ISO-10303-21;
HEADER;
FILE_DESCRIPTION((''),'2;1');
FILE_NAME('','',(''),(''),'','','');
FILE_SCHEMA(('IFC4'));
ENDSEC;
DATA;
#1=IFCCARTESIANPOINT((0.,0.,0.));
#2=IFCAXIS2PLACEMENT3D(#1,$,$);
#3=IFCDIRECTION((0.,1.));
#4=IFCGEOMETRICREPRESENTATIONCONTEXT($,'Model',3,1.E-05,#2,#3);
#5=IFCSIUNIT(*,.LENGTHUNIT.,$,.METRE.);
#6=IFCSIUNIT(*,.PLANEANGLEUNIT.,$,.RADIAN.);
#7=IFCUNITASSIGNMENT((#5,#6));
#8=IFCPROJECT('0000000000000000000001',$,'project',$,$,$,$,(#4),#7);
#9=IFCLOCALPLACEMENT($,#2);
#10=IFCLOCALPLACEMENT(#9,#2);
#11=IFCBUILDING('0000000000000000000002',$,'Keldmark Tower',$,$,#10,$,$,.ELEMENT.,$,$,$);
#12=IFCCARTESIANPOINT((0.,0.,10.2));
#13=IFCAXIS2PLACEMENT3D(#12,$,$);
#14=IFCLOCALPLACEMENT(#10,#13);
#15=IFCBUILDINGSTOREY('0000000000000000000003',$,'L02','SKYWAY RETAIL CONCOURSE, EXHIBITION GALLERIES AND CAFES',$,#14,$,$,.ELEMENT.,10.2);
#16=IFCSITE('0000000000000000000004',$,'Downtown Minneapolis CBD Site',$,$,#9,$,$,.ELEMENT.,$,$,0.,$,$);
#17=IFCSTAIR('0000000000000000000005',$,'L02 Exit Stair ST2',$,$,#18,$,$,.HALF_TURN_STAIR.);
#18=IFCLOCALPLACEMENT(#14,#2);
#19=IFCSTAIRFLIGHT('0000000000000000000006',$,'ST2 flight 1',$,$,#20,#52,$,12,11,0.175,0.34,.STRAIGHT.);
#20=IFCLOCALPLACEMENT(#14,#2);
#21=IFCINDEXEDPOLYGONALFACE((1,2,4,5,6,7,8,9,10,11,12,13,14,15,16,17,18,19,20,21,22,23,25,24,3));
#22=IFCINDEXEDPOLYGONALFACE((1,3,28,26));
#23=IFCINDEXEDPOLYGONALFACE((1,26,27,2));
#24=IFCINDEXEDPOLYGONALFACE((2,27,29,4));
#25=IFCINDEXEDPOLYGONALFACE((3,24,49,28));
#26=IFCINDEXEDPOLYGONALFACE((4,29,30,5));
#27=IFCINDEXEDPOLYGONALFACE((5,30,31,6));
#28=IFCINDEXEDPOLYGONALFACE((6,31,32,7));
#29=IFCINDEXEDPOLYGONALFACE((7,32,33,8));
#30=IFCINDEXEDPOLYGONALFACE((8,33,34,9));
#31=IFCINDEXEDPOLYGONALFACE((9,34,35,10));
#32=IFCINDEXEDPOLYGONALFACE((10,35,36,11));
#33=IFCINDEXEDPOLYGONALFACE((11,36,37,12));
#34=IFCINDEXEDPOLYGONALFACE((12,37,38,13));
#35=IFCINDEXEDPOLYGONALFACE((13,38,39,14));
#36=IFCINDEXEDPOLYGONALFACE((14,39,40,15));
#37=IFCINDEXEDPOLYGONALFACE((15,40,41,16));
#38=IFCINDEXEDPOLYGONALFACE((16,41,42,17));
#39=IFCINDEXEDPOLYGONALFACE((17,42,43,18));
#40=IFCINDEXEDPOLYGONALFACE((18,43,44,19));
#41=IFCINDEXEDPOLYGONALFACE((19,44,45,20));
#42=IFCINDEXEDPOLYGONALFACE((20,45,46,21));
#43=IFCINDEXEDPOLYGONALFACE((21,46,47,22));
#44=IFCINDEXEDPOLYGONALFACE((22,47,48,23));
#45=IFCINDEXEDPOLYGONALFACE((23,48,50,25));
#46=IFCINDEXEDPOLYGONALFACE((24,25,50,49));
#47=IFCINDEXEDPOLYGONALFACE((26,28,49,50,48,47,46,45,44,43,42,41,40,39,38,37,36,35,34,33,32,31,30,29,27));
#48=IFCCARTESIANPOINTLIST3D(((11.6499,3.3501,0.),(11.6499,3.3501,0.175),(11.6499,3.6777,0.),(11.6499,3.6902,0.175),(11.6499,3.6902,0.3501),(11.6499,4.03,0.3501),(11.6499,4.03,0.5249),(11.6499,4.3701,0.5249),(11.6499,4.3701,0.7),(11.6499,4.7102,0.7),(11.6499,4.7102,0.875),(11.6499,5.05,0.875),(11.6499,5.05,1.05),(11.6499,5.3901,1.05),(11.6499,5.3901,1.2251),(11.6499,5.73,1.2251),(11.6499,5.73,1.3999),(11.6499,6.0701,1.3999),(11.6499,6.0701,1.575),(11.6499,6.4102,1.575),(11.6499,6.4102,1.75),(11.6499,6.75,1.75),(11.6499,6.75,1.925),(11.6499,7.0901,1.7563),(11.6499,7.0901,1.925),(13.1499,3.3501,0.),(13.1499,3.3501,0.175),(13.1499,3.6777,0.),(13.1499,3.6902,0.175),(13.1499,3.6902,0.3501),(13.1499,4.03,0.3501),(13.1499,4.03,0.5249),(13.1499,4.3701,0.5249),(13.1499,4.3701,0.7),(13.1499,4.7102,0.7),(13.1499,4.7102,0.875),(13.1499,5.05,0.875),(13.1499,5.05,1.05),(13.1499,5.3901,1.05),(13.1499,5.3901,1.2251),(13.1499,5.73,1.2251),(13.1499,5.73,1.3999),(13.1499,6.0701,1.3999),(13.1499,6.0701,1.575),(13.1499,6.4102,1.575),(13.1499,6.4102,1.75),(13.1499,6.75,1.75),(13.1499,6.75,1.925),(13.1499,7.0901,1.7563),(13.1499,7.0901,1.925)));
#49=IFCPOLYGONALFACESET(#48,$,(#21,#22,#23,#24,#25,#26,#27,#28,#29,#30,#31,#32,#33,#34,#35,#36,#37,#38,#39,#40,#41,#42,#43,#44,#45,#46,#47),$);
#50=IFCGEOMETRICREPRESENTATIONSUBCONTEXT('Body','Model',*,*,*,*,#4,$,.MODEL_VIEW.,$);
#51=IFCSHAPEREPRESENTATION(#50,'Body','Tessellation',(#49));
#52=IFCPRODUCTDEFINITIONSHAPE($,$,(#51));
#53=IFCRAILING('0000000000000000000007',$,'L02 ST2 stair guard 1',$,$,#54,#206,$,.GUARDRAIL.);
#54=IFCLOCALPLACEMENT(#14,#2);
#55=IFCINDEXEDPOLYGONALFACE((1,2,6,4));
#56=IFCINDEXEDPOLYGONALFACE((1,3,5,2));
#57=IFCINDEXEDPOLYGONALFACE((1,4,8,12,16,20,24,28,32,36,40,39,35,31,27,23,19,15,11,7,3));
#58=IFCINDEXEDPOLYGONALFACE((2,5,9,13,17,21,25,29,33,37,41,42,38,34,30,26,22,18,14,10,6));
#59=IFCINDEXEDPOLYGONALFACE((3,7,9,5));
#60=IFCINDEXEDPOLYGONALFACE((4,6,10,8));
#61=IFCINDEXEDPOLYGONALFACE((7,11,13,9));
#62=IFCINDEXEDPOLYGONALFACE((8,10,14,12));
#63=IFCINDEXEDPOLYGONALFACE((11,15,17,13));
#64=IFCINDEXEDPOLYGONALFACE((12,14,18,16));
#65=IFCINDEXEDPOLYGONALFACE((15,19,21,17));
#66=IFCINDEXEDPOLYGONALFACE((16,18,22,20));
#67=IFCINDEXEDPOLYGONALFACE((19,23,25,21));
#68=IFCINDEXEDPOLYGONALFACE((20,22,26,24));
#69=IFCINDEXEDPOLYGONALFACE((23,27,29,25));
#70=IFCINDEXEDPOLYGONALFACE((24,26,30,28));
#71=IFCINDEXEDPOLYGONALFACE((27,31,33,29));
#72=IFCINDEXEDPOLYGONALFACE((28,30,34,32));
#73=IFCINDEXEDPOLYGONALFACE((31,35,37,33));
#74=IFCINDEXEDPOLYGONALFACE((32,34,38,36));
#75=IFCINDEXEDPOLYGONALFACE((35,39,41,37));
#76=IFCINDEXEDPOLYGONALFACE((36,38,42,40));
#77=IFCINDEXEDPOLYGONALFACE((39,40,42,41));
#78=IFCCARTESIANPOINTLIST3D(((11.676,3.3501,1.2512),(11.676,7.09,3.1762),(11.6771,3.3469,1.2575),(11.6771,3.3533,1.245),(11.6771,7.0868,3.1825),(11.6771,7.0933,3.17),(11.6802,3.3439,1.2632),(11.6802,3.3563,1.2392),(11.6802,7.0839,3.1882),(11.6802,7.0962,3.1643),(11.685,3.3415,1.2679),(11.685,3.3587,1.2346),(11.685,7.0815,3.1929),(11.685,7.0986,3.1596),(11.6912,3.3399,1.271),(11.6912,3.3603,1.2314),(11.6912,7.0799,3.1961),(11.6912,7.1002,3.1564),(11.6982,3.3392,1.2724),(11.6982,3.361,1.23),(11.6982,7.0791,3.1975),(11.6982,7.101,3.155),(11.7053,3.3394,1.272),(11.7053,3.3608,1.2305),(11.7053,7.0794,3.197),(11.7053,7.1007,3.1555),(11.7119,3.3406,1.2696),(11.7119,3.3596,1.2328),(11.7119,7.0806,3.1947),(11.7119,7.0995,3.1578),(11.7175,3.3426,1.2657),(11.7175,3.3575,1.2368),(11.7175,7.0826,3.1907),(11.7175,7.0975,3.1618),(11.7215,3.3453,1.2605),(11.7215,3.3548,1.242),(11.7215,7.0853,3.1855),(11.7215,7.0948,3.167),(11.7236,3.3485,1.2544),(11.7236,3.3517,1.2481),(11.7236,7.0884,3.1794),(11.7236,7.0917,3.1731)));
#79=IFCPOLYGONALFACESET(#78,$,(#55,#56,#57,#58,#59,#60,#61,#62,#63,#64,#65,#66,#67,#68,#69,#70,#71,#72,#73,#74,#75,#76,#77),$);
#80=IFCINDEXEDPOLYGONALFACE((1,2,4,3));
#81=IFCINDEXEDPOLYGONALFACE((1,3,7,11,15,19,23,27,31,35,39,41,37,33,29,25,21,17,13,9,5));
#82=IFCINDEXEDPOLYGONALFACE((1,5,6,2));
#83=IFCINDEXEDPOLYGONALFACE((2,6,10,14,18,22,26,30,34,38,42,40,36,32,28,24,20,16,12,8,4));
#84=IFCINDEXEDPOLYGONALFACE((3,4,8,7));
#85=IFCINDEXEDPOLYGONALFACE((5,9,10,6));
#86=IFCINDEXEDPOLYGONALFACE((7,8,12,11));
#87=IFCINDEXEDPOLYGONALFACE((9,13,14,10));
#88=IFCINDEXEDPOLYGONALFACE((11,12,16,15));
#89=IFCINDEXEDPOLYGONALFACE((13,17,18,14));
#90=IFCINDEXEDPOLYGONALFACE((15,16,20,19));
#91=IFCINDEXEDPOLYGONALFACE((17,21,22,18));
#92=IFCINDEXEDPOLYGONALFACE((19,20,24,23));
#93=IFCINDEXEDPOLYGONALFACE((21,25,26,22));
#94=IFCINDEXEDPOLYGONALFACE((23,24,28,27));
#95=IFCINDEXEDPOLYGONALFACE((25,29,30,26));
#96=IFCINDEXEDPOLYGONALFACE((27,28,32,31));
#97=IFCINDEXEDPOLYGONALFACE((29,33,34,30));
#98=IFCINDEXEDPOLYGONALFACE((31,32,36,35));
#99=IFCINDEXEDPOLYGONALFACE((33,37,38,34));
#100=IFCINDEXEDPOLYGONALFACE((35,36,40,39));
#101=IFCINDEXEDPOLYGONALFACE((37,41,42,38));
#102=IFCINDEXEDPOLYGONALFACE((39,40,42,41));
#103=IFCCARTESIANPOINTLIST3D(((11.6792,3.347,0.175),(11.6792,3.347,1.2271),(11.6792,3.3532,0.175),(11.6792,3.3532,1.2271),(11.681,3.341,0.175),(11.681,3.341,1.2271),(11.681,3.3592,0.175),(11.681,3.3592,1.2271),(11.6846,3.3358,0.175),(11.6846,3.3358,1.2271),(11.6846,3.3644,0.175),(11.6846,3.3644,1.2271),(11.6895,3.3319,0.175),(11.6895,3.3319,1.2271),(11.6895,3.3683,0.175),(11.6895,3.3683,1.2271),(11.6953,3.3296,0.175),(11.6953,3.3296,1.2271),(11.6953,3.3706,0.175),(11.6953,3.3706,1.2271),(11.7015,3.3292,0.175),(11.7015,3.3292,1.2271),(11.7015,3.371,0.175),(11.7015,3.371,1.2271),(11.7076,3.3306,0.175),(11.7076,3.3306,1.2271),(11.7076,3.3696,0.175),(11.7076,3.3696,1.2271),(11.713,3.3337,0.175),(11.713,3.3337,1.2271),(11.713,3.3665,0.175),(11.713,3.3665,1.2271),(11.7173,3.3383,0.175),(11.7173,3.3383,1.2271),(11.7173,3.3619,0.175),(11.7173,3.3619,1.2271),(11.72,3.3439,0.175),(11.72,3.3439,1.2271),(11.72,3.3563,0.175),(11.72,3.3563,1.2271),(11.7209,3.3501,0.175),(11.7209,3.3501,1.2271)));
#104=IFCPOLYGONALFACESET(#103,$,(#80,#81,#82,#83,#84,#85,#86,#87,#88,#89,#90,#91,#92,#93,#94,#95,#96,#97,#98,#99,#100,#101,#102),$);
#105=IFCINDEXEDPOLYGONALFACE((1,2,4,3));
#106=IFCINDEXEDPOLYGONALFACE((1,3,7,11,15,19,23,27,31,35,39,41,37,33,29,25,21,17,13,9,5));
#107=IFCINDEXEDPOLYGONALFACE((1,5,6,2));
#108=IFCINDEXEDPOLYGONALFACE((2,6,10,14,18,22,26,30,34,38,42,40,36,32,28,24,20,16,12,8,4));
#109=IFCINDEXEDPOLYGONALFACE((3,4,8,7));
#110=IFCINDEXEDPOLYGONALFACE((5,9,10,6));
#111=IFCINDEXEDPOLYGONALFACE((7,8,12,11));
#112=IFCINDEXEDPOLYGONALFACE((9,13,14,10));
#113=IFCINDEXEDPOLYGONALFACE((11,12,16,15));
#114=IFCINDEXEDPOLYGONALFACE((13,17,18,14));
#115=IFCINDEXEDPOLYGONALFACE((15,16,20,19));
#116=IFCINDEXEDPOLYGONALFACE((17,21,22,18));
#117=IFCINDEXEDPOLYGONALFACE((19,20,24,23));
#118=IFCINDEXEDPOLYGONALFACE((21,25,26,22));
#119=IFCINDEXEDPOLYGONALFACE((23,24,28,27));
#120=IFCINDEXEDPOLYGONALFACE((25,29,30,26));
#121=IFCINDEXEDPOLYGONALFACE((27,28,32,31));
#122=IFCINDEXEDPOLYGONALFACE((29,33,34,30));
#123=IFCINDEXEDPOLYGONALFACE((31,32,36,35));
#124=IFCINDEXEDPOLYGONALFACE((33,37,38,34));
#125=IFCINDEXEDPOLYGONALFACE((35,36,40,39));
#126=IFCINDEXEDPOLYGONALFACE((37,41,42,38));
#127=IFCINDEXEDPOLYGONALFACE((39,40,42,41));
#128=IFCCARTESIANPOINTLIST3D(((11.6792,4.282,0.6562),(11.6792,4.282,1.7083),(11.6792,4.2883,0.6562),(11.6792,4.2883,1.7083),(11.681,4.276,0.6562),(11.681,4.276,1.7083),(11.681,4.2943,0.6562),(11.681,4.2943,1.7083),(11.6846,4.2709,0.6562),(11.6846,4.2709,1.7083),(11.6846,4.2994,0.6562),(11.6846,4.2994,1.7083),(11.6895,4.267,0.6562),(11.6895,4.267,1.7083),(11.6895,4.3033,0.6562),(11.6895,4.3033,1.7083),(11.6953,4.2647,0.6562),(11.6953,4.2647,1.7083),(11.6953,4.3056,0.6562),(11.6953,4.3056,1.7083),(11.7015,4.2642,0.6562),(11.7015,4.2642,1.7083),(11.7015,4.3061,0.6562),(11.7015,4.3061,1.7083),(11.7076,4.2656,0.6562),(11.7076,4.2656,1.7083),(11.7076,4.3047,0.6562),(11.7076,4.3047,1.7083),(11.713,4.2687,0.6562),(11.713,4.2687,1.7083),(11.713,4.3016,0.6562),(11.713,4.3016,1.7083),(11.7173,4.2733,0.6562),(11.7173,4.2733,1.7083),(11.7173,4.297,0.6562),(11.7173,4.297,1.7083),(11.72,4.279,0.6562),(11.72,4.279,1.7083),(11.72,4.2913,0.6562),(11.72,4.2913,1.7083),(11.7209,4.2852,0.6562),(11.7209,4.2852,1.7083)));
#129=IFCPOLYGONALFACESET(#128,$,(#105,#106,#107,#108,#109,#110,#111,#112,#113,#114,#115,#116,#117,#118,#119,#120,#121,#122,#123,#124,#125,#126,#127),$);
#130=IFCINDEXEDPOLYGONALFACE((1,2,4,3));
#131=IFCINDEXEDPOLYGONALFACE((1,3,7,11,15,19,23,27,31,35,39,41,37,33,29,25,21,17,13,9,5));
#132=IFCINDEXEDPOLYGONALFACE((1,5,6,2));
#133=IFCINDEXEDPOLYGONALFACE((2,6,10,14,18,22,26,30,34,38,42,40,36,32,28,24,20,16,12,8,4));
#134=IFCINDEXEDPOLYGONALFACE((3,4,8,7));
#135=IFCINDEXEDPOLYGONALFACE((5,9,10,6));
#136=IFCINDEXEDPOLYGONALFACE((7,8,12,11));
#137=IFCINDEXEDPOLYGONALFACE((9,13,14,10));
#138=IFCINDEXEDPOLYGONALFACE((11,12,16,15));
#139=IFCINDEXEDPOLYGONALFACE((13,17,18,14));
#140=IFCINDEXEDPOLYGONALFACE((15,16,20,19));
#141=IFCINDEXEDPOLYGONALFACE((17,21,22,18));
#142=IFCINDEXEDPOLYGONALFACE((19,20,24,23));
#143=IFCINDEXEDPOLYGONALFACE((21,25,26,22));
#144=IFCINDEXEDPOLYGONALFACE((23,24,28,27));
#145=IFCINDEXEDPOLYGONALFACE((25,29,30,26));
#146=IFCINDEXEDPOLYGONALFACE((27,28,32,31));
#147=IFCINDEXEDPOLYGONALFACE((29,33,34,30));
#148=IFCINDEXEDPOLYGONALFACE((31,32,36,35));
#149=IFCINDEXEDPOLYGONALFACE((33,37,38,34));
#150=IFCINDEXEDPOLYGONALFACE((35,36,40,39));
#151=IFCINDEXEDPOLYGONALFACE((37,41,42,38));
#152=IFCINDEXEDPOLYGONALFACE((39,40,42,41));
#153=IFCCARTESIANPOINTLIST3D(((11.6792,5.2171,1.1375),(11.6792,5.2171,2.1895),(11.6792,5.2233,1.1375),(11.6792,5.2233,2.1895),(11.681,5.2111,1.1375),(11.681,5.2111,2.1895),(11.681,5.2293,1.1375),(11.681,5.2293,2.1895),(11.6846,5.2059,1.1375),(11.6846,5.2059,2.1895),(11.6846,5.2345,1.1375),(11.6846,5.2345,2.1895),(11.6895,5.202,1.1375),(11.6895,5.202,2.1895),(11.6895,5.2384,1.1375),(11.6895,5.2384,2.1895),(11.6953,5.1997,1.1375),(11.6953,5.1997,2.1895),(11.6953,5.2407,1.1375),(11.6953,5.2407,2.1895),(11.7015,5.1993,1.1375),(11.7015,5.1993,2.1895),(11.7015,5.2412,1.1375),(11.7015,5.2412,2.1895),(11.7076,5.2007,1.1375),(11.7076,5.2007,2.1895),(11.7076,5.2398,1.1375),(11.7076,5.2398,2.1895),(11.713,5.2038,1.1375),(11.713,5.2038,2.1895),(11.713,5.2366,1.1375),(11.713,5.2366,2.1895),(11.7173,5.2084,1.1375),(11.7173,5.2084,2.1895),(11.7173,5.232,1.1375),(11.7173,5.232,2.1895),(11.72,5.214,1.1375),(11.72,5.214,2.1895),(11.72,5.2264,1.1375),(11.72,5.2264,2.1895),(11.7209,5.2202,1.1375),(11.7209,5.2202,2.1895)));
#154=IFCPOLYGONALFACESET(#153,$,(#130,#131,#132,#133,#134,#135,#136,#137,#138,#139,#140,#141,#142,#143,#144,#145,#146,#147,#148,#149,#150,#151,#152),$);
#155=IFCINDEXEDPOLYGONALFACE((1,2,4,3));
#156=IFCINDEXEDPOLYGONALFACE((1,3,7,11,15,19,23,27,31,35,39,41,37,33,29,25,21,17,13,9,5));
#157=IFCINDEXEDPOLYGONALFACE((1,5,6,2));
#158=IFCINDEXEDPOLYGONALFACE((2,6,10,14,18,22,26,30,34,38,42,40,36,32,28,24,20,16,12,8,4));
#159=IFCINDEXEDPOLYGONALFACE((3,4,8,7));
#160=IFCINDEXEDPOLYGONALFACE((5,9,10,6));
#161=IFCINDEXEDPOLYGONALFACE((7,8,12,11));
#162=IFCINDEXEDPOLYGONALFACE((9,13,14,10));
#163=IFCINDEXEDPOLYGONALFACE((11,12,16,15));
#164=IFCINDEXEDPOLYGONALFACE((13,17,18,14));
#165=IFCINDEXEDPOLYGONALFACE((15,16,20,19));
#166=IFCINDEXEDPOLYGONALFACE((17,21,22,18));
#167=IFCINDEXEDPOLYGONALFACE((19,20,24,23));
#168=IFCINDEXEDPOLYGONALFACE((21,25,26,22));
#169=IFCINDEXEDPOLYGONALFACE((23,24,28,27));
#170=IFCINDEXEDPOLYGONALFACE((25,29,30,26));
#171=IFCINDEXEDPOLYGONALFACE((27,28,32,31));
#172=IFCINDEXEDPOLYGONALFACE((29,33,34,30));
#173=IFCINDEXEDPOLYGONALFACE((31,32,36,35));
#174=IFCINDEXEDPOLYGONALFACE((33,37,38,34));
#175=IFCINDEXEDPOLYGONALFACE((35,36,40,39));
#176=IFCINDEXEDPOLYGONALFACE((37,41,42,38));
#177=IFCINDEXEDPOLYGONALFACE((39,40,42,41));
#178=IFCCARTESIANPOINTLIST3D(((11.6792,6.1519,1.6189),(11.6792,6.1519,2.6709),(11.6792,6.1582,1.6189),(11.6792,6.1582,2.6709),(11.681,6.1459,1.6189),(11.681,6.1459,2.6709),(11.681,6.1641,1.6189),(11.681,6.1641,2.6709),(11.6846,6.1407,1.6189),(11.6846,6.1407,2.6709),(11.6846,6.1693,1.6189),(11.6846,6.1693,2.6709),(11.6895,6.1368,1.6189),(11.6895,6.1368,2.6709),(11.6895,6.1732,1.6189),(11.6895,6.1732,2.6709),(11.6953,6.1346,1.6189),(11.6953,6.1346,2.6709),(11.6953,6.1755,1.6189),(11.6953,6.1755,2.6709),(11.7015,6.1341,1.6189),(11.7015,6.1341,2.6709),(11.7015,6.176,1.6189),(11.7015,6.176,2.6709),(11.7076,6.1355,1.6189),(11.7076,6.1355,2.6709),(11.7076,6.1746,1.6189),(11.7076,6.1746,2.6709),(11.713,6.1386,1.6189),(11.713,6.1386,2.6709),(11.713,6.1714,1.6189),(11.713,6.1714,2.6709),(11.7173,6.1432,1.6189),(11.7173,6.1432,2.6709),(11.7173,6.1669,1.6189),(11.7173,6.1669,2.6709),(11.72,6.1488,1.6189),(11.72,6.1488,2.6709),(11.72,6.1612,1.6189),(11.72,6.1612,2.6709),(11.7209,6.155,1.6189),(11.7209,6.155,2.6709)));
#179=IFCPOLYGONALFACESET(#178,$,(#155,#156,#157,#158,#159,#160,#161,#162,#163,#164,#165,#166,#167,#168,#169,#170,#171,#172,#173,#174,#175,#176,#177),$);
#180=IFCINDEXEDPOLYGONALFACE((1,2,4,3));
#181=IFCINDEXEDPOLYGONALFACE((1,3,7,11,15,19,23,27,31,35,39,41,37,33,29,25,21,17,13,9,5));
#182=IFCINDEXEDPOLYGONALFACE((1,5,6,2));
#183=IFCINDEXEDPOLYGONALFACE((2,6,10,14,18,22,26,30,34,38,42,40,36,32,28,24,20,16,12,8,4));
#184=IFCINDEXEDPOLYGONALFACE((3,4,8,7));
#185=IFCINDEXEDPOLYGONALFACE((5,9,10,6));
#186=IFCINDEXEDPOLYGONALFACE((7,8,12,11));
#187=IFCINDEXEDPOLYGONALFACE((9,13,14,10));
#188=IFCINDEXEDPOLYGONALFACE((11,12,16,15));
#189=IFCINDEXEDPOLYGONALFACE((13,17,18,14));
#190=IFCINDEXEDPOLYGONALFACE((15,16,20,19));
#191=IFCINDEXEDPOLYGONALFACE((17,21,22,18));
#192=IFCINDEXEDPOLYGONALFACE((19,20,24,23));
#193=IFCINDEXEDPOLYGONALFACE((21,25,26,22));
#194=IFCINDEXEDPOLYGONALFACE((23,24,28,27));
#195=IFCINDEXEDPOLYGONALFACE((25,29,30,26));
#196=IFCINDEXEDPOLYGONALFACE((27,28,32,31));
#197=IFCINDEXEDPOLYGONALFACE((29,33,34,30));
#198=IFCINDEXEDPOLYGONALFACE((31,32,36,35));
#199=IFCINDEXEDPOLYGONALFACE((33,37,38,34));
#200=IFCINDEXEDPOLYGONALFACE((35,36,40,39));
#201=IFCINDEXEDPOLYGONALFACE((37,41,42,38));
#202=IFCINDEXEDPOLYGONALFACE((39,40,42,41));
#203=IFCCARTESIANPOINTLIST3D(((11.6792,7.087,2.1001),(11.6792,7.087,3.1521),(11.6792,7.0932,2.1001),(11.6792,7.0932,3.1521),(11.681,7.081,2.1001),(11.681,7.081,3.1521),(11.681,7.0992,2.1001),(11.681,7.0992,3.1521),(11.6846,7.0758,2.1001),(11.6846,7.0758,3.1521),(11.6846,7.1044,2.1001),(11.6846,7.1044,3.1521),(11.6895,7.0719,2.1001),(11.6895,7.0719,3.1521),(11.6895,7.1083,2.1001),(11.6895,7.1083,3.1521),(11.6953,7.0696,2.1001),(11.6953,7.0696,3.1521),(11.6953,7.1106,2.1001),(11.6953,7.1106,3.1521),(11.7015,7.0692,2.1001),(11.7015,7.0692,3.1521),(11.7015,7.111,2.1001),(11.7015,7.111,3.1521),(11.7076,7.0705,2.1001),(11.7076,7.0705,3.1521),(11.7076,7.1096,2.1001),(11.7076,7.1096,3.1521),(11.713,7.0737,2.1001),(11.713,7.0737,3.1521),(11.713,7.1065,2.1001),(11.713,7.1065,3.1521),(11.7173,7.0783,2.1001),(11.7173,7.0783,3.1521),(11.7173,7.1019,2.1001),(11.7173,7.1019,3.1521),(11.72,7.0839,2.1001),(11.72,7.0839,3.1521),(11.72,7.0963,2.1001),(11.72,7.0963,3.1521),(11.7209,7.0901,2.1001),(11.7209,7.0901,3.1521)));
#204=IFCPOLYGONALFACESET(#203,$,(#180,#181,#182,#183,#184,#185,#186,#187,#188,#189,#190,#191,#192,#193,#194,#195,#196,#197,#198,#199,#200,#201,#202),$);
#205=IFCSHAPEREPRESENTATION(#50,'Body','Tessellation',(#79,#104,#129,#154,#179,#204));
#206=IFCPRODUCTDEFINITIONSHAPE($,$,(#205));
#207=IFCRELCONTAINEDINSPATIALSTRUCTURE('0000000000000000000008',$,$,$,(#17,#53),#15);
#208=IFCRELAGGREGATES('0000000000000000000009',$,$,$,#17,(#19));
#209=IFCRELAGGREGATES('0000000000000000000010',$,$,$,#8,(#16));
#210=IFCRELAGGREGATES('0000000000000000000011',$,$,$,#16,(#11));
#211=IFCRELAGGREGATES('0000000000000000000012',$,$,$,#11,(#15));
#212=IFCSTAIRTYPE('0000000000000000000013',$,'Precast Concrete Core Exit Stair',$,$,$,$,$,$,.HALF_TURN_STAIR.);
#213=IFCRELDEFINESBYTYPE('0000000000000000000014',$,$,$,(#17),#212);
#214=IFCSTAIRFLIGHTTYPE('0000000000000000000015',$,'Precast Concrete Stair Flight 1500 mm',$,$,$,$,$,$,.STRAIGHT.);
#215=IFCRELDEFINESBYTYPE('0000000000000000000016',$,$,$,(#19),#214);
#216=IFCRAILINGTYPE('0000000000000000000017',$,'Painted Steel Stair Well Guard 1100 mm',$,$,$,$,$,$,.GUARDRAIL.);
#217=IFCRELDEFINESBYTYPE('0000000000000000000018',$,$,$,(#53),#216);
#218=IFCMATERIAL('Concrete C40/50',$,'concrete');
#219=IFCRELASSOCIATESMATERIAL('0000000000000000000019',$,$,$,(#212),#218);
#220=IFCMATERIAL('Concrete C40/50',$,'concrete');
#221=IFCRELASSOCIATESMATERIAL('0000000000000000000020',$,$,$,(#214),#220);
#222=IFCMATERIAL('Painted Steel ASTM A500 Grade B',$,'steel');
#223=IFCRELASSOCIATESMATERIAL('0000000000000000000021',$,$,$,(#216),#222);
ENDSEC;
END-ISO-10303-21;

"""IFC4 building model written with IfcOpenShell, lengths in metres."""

from ifc_helpers import new_model, si_unit, direction, frame, origin, origin_2d, place, context, subcontext, project, spatial, polyline, circle, outline, extrude, material, type_object, element, aggregate, save


model = new_model("IFC4")

# Units and contexts
model_context = context("Model", 3, precision=1e-05, world=origin(), true_north=direction((0.0, 1.0)))
body_context = subcontext(model_context, "Body", "Model", "MODEL_VIEW")
ifc_project = project(units=[si_unit("LENGTHUNIT", "METRE"), si_unit("PLANEANGLEUNIT", "RADIAN")], contexts=[model_context])

# Site, building, storey
site_placement = place(None, origin())
site = spatial("IfcSite", under=ifc_project, at=site_placement, Name="Downtown Minneapolis CBD Site", CompositionType="ELEMENT", RefElevation=0.0)
building_placement = place(site_placement, origin())
building = spatial("IfcBuilding", under=site, at=building_placement, Name="Keldmark Tower", CompositionType="ELEMENT")
storey_placement = place(building_placement, frame((0.0, 0.0, 10.2)))
storey = spatial("IfcBuildingStorey", under=building, at=storey_placement, Name="L02", Description="SKYWAY RETAIL CONCOURSE, EXHIBITION GALLERIES AND CAFES", CompositionType="ELEMENT", Elevation=10.2)

# Stair, stair flight
ifc_material_1 = material(Name="Concrete C40/50", Category="concrete")
stair_type = type_object("IfcStairType", Name="Precast Concrete Core Exit Stair", PredefinedType="HALF_TURN_STAIR", material=ifc_material_1)
stair_placement = place(storey_placement, origin())
stair = element("IfcStair", 1, at=stair_placement, inside=storey, type_object=stair_type, Name="L02 Exit Stair ST2", PredefinedType="HALF_TURN_STAIR")
ifc_material_2 = material(Name="Concrete C40/50", Category="concrete")
stair_flight_type = type_object("IfcStairFlightType", Name="Precast Concrete Stair Flight 1500 mm", PredefinedType="STRAIGHT", material=ifc_material_2)
stair_flight_placement = place(storey_placement, frame((12.3999, 3.3501, 0.0), z_axis=(0.0, 0.0, 1.0), x_axis=(0.0, 1.0, 0.0)))
stair_flight = element("IfcStairFlight", 2, at=stair_flight_placement, type_object=stair_flight_type, Name="ST2 flight 1", NumberOfRisers=12, NumberOfTreads=11, PredefinedType="STRAIGHT", RiserHeight=0.175, TreadLength=0.34, context=body_context, shape_type="SweptSolid", body=[
    extrude(outline(polyline([(0.0, 0.0), (0.0, 0.175), (0.3401, 0.175), (0.3401, 0.3501), (0.6799, 0.3501), (0.6799, 0.5249), (1.02, 0.5249), (1.02, 0.7), (1.3601, 0.7), (1.3601, 0.875), (1.7, 0.875), (1.7, 1.05), (2.04, 1.05), (2.04, 1.2251), (2.3799, 1.2251), (2.3799, 1.3999), (2.72, 1.3999), (2.72, 1.575), (3.0601, 1.575), (3.0601, 1.75), (3.3999, 1.75), (3.3999, 1.925), (3.74, 1.925), (3.74, 2.1001), (3.74, 1.7563), (0.3276, 0.0), (0.0, 0.0)])), frame((0.0, 0.75, 0.0), z_axis=(0.0, -1.0, 0.0), x_axis=(1.0, 0.0, 0.0)), (0.0, 0.0, 1.0), 1.5),
])
aggregate(stair, [stair_flight])

# Railing
ifc_material_3 = material(Name="Painted Steel ASTM A500 Grade B", Category="steel")
railing_type_1 = type_object("IfcRailingType", Name="Painted Steel Stair Well Guard 1100 mm", PredefinedType="GUARDRAIL", material=ifc_material_3)
railing_1_placement = place(storey_placement, frame((11.7, 3.3501, 0.175)))
element("IfcRailing", 3, at=railing_1_placement, inside=storey, type_object=railing_type_1, Name="L02 ST2 stair guard 1", PredefinedType="GUARDRAIL", context=body_context, shape_type="SweptSolid", body=[
    extrude(circle(Radius=0.0239, at=origin_2d()), frame((0.0, 0.0, 1.0762), z_axis=(0.0, 0.889131, 0.457654), x_axis=(-1.0, 0.0, 0.0)), (0.0, 0.0, 1.0), 4.2063),
    extrude(circle(Radius=0.021, at=origin_2d()), origin(), (0.0, 0.0, 1.0), 1.052),
    extrude(circle(Radius=0.021, at=origin_2d()), frame((0.0, 0.9351, 0.4812)), (0.0, 0.0, 1.0), 1.052),
    extrude(circle(Radius=0.021, at=origin_2d()), frame((0.0, 1.8701, 0.9624)), (0.0, 0.0, 1.0), 1.052),
    extrude(circle(Radius=0.021, at=origin_2d()), frame((0.0, 2.8049, 1.4438)), (0.0, 0.0, 1.0), 1.052),
    extrude(circle(Radius=0.021, at=origin_2d()), frame((0.0, 3.74, 1.925)), (0.0, 0.0, 1.0), 1.052),
])

save(model, "model.ifc")
